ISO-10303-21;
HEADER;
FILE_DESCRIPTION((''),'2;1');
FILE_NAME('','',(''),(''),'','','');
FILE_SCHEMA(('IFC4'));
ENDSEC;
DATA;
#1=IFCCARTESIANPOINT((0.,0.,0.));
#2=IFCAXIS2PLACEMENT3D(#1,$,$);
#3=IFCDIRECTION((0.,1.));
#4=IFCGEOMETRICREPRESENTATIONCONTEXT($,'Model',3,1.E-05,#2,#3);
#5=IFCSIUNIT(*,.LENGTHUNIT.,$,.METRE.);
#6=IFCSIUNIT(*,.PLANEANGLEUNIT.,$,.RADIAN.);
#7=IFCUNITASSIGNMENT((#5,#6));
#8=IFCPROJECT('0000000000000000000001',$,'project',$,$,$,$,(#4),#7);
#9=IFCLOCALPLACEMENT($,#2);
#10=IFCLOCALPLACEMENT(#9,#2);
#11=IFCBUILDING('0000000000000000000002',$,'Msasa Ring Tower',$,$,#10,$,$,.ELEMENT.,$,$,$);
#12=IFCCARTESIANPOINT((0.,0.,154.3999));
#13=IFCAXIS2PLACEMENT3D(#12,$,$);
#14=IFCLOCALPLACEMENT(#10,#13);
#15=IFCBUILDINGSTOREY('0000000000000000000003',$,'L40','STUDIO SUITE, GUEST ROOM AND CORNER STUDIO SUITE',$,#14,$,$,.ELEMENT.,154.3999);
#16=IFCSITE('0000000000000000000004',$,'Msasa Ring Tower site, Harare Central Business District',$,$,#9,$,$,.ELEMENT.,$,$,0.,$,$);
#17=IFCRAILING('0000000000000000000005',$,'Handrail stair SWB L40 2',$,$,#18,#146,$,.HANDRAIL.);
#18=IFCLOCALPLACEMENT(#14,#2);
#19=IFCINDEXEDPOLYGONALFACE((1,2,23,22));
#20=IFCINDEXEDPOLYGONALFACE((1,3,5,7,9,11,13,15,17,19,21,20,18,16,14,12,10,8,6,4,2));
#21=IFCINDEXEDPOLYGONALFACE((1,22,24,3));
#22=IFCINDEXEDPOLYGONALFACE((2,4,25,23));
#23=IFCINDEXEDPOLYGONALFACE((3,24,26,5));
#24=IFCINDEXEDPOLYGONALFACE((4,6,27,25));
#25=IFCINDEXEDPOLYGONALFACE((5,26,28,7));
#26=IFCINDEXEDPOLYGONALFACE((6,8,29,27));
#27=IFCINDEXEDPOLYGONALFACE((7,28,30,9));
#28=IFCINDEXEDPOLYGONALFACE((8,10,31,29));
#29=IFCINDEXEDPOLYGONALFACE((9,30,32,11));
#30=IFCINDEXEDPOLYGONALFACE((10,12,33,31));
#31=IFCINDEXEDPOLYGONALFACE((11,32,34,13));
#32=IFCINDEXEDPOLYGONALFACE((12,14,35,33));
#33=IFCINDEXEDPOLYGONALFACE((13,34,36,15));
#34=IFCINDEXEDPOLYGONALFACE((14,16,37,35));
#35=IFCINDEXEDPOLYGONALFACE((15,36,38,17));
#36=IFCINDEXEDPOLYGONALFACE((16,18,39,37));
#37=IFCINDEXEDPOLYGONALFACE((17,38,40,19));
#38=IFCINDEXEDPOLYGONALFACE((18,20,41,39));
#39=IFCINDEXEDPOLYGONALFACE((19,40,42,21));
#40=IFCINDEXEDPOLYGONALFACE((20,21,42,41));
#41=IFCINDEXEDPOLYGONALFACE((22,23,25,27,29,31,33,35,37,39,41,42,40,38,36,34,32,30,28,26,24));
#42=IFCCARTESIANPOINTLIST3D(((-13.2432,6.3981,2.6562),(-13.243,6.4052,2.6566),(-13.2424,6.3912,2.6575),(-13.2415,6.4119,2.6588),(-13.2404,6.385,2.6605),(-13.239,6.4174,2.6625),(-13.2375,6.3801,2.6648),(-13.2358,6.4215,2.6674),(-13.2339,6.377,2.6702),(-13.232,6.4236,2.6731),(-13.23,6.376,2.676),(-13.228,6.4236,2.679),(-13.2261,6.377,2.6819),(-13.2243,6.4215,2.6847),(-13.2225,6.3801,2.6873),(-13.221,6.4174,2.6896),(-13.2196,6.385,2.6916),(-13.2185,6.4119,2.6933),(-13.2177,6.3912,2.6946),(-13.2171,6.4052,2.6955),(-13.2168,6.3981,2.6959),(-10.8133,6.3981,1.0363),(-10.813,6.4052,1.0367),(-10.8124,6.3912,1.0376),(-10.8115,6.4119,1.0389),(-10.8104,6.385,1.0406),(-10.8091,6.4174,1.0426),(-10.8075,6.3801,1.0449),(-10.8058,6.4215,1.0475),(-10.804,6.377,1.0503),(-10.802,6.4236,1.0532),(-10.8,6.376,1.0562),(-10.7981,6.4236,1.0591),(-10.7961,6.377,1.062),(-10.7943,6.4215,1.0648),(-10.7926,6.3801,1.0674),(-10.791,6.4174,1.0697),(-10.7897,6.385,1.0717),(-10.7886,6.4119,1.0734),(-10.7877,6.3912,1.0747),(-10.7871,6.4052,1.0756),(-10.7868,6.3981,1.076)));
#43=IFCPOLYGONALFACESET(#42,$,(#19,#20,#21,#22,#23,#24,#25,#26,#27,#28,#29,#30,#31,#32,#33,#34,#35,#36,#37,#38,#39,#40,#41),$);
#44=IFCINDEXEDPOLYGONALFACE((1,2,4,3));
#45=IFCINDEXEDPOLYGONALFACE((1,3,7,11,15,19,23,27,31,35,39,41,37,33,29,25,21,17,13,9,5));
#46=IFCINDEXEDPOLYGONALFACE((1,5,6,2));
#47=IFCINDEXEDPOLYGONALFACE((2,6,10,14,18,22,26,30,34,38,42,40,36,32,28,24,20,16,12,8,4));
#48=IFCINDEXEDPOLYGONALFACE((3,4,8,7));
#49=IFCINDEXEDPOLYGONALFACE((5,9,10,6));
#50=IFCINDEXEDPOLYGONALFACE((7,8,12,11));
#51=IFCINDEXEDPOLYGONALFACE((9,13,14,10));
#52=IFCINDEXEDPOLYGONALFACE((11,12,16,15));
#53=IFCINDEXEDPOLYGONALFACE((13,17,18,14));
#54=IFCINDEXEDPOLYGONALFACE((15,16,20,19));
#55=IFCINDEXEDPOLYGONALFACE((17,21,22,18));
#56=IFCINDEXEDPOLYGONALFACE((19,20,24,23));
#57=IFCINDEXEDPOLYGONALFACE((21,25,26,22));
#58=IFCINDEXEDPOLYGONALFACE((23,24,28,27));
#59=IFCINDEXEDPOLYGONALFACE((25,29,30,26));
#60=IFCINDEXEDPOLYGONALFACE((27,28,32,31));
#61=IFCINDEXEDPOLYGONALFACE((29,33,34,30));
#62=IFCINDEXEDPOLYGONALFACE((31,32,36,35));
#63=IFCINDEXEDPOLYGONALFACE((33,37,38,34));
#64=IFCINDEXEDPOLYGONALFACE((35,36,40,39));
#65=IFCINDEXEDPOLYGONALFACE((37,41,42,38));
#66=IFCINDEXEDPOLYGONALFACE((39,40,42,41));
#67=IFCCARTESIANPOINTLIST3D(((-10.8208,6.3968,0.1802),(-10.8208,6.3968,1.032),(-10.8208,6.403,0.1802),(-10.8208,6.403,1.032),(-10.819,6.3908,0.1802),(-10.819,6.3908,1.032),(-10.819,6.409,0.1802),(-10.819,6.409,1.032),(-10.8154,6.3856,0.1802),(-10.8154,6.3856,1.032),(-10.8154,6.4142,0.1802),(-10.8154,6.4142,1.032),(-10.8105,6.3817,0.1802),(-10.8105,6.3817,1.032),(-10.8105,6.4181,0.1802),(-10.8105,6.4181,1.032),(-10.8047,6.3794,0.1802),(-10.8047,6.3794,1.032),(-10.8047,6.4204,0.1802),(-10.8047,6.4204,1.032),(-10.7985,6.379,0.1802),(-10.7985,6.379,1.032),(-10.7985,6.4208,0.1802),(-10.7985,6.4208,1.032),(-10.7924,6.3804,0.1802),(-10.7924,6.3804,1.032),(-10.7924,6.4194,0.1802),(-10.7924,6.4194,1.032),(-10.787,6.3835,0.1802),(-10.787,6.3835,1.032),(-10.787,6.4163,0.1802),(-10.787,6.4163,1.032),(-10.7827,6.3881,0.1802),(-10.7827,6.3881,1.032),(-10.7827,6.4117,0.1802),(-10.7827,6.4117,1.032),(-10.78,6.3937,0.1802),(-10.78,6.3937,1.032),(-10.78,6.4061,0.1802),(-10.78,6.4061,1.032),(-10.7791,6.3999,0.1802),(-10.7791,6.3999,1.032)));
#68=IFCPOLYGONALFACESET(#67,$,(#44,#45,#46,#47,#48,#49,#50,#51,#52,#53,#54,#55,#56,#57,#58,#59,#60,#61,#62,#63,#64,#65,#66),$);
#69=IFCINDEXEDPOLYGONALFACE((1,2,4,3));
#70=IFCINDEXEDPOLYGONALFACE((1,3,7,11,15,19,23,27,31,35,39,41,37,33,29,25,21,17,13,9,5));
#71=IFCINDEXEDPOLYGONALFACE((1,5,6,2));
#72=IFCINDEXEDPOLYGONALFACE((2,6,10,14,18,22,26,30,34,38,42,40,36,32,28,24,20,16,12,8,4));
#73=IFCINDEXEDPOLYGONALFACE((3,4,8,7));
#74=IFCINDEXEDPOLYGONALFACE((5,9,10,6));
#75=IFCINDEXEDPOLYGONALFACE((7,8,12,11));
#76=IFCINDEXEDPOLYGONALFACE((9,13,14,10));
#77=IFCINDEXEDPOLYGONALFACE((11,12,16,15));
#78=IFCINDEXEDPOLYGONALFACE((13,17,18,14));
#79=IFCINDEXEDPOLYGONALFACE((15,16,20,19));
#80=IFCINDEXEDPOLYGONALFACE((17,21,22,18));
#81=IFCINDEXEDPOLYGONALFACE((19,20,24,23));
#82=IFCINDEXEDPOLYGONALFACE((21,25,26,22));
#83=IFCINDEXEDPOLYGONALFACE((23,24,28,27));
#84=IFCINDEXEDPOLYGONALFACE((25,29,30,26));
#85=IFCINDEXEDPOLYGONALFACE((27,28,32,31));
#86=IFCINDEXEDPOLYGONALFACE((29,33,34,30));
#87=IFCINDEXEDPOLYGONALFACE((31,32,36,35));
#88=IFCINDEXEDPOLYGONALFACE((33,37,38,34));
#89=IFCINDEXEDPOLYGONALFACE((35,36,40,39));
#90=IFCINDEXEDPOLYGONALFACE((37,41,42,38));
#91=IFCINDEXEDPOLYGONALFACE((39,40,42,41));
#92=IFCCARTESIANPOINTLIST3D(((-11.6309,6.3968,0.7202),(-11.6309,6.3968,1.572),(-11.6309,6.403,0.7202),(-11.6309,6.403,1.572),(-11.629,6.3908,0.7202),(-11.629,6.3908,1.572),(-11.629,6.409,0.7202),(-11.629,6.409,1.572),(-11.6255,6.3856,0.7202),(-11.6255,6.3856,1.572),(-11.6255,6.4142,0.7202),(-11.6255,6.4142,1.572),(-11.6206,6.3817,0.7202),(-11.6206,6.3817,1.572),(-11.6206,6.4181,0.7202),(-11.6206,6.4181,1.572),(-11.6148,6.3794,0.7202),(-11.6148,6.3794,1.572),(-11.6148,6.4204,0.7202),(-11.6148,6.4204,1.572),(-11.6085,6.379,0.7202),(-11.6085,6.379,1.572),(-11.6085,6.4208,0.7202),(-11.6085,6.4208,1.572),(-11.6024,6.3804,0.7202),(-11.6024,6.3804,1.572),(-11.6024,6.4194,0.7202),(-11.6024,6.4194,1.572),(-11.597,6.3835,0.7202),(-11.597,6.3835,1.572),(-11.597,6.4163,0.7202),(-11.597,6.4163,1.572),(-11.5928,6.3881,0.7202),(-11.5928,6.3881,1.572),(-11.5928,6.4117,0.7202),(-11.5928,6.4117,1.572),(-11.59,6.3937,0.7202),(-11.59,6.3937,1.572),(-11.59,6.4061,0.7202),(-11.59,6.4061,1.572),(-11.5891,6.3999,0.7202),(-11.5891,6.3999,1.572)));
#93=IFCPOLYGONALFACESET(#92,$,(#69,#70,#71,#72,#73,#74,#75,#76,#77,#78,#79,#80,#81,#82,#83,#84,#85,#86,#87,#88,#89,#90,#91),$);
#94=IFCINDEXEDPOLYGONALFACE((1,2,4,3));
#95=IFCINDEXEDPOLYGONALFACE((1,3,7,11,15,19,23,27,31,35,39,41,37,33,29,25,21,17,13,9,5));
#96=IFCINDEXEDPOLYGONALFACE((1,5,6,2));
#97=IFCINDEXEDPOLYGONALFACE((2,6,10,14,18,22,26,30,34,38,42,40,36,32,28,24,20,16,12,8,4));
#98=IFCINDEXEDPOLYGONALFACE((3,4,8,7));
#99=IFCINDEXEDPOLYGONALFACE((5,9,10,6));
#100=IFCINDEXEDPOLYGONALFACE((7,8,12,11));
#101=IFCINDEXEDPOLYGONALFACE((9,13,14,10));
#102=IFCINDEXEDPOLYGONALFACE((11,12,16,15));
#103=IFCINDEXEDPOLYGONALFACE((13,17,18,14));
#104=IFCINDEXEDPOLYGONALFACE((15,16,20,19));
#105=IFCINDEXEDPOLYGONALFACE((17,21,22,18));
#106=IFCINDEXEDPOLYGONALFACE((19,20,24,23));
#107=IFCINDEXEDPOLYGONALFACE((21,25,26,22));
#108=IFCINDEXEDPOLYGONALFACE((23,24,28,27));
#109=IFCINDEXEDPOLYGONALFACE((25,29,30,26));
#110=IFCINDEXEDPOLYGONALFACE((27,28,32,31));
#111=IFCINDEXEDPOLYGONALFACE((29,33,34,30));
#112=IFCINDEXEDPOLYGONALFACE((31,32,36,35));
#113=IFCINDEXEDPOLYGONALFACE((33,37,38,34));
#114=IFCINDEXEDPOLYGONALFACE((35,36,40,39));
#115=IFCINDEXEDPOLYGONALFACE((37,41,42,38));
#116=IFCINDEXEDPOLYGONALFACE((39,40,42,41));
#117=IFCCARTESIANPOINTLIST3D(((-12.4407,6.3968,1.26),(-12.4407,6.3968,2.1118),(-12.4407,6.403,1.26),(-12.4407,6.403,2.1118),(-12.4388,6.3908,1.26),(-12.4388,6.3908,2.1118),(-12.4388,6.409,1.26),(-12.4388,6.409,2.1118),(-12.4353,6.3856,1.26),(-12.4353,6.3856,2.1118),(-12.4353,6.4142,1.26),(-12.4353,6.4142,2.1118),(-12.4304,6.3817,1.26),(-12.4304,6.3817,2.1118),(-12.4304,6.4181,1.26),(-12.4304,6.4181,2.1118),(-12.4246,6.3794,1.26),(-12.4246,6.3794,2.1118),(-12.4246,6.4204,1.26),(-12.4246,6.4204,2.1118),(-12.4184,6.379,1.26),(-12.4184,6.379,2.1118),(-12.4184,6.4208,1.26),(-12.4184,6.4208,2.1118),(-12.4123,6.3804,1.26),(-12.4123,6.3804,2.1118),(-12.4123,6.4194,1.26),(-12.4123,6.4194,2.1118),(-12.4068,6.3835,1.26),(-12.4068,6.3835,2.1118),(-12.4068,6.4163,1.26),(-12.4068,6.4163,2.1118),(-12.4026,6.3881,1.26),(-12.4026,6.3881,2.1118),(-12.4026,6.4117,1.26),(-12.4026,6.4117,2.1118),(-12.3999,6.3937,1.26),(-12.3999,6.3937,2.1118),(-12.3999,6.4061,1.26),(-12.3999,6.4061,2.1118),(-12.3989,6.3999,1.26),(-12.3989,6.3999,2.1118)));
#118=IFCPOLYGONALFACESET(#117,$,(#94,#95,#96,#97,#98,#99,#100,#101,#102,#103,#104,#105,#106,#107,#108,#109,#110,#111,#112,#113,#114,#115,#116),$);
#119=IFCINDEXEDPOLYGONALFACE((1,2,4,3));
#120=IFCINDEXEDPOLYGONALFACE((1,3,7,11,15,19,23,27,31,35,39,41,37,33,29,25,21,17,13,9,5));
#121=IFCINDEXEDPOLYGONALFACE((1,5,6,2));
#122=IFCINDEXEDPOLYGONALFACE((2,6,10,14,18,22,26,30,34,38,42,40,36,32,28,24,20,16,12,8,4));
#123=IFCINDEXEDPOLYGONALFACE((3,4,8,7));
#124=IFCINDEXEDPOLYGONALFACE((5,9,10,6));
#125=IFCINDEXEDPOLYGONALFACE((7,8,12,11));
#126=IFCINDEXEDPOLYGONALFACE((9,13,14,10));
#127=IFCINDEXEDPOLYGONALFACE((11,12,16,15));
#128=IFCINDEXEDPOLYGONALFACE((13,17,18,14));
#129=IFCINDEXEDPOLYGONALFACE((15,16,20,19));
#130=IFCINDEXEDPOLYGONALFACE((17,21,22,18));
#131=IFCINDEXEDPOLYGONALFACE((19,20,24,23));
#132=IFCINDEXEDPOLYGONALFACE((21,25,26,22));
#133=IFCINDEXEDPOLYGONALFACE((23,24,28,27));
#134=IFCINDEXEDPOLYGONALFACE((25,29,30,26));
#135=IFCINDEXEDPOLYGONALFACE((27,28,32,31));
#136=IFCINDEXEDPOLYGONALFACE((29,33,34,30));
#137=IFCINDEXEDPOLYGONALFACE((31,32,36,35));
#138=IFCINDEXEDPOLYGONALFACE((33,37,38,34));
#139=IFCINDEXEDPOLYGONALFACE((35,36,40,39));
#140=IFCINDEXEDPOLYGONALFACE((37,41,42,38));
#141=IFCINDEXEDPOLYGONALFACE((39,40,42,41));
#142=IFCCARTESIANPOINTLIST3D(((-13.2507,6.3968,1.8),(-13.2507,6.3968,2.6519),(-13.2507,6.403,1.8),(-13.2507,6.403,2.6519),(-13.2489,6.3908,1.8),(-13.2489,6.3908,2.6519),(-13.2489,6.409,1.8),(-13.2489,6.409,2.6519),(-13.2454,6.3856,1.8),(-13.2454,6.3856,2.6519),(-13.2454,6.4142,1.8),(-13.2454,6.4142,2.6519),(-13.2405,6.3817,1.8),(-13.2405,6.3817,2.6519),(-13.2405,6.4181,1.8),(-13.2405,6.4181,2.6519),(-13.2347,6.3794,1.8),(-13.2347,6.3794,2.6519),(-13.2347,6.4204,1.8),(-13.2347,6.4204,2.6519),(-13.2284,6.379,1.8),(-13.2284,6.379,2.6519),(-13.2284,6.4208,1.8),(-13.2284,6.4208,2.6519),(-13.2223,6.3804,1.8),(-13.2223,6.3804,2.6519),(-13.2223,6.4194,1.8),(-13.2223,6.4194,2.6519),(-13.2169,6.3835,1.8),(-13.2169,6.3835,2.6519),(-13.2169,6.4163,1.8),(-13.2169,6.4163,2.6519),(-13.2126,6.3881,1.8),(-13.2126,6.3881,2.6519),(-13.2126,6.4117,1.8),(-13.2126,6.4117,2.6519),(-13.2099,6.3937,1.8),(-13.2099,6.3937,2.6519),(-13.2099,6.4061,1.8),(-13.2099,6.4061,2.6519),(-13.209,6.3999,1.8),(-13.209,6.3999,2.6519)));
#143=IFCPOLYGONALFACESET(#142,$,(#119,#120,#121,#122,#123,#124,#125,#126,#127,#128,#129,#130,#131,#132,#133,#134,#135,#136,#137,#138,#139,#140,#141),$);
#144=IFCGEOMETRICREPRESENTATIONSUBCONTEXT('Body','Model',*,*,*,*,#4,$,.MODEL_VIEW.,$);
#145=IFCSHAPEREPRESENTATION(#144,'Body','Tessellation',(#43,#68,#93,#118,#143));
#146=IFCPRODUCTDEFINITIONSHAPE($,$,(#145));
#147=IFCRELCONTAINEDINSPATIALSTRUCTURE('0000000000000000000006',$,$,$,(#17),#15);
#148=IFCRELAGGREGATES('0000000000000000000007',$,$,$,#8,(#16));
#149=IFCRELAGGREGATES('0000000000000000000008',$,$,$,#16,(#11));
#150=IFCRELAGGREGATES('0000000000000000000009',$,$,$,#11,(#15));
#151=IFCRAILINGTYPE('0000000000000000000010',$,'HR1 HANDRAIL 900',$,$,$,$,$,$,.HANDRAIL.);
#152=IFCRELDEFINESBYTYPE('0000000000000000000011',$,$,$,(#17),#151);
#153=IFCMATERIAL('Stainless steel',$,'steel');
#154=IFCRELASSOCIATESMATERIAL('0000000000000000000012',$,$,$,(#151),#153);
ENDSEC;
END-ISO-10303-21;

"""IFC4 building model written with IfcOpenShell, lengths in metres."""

from ifc_helpers import new_model, si_unit, direction, frame, origin, origin_2d, place, context, subcontext, project, spatial, circle, extrude, material, type_object, element, save


model = new_model("IFC4")

# Units and contexts
model_context = context("Model", 3, precision=1e-05, world=origin(), true_north=direction((0.0, 1.0)))
body_context = subcontext(model_context, "Body", "Model", "MODEL_VIEW")
ifc_project = project(units=[si_unit("LENGTHUNIT", "METRE"), si_unit("PLANEANGLEUNIT", "RADIAN")], contexts=[model_context])

# Site, building, storey
site_placement = place(None, origin())
site = spatial("IfcSite", under=ifc_project, at=site_placement, Name="Msasa Ring Tower site, Harare Central Business District", CompositionType="ELEMENT", RefElevation=0.0)
building_placement = place(site_placement, origin())
building = spatial("IfcBuilding", under=site, at=building_placement, Name="Msasa Ring Tower", CompositionType="ELEMENT")
storey_placement = place(building_placement, frame((0.0, 0.0, 154.3999)))
storey = spatial("IfcBuildingStorey", under=building, at=storey_placement, Name="L40", Description="STUDIO SUITE, GUEST ROOM AND CORNER STUDIO SUITE", CompositionType="ELEMENT", Elevation=154.3999)

# Railing
ifc_material_1 = material(Name="Stainless steel", Category="steel")
railing_type = type_object("IfcRailingType", Name="HR1 HANDRAIL 900", PredefinedType="HANDRAIL", material=ifc_material_1)
for number, where, name in (
    (1, (-10.8, 6.3999, 0.1802), "Handrail stair SWB L40 2"),
):
    element("IfcRailing", number, at=place(storey_placement, frame(where)), inside=storey, type_object=railing_type, Name=name, PredefinedType="HANDRAIL", context=body_context, shape_type="SweptSolid", body=[
        extrude(circle(Radius=0.0239, at=origin_2d()), frame((0.0, 0.0, 0.876), z_axis=(-0.832063, 0.0, 0.554681), x_axis=(0.0, -1.0, 0.0)), (0.0, 0.0, 1.0), 2.9204),
        extrude(circle(Radius=0.021, at=origin_2d()), origin(), (0.0, 0.0, 1.0), 0.8518),
        extrude(circle(Radius=0.021, at=origin_2d()), frame((-0.8101, 0.0, 0.54)), (0.0, 0.0, 1.0), 0.8518),
        extrude(circle(Radius=0.021, at=origin_2d()), frame((-1.6199, 0.0, 1.0798)), (0.0, 0.0, 1.0), 0.8518),
        extrude(circle(Radius=0.021, at=origin_2d()), frame((-2.4299, 0.0, 1.6199)), (0.0, 0.0, 1.0), 0.8518),
    ])

save(model, "model.ifc")
